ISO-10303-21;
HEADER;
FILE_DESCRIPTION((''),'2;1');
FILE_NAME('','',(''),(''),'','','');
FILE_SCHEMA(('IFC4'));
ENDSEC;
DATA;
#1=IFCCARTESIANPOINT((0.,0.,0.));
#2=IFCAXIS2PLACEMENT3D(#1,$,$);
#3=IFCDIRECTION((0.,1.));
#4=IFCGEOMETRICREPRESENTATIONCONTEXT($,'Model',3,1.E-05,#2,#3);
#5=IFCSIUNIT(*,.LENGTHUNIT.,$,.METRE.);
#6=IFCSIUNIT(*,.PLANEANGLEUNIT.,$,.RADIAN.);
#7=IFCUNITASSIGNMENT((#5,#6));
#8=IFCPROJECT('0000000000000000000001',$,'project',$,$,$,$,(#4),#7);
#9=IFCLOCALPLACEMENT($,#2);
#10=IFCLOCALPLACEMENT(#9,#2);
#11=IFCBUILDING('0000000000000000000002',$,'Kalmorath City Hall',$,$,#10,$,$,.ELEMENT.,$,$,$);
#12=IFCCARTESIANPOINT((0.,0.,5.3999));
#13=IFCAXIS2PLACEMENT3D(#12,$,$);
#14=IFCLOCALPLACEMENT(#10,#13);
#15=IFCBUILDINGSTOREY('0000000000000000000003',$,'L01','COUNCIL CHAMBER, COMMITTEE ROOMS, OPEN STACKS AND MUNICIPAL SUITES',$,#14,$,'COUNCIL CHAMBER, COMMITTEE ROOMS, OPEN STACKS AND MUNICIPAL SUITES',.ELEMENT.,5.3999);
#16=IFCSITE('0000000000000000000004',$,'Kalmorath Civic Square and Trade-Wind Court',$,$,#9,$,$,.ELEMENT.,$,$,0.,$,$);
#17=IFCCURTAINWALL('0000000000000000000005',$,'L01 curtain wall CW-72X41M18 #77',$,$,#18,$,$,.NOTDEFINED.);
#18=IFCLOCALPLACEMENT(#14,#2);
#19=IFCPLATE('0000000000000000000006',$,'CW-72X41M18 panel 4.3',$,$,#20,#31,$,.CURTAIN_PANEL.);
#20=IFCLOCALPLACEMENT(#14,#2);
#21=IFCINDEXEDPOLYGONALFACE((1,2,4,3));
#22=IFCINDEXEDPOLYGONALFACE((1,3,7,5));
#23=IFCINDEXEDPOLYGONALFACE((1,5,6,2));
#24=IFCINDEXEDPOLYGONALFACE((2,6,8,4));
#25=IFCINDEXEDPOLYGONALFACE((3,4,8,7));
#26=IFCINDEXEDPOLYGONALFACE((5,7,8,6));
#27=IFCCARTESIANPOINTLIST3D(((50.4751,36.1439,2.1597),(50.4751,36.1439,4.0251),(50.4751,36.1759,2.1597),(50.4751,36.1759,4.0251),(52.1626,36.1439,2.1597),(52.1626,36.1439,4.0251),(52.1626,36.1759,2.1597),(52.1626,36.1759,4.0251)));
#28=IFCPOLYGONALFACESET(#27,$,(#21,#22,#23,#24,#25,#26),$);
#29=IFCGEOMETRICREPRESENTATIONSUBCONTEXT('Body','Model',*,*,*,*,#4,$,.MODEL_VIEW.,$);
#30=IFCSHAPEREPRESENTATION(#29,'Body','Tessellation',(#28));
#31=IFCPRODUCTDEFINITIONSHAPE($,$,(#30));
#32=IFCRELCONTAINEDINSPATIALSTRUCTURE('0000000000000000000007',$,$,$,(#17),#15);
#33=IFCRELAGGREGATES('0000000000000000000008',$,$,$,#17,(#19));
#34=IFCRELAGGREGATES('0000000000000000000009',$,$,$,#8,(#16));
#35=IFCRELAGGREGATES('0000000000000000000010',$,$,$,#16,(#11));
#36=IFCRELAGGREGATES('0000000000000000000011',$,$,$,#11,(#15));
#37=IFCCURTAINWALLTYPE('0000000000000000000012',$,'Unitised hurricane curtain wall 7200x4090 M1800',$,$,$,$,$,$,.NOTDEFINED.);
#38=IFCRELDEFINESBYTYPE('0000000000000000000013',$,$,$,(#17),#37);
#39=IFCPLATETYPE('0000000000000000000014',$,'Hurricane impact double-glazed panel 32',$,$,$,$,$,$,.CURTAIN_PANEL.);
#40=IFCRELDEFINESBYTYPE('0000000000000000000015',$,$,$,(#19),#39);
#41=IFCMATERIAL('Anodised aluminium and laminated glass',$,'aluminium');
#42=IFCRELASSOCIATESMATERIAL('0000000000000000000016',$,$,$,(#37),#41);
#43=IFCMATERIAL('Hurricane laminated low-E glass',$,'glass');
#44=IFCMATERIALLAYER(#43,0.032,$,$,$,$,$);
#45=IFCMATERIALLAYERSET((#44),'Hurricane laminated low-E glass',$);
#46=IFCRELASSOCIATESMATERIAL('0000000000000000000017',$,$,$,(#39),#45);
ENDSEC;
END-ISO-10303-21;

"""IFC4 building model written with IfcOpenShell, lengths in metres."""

from ifc_helpers import new_model, si_unit, direction, frame, origin, origin_2d, place, context, subcontext, project, spatial, rectangle, extrude, material, layer, layer_set, type_object, element, aggregate, save


model = new_model("IFC4")

# Units and contexts
model_context = context("Model", 3, precision=1e-05, world=origin(), true_north=direction((0.0, 1.0)))
body_context = subcontext(model_context, "Body", "Model", "MODEL_VIEW")
ifc_project = project(units=[si_unit("LENGTHUNIT", "METRE"), si_unit("PLANEANGLEUNIT", "RADIAN")], contexts=[model_context])

# Site, building, storey
site_placement = place(None, origin())
site = spatial("IfcSite", under=ifc_project, at=site_placement, Name="Kalmorath Civic Square and Trade-Wind Court", CompositionType="ELEMENT", RefElevation=0.0)
building_placement = place(site_placement, origin())
building = spatial("IfcBuilding", under=site, at=building_placement, Name="Kalmorath City Hall", CompositionType="ELEMENT")
storey_placement = place(building_placement, frame((0.0, 0.0, 5.3999)))
storey = spatial("IfcBuildingStorey", under=building, at=storey_placement, Name="L01", Description="COUNCIL CHAMBER, COMMITTEE ROOMS, OPEN STACKS AND MUNICIPAL SUITES", LongName="COUNCIL CHAMBER, COMMITTEE ROOMS, OPEN STACKS AND MUNICIPAL SUITES", CompositionType="ELEMENT", Elevation=5.3999)

# Curtain wall, plate
ifc_material_1 = material(Name="Anodised aluminium and laminated glass", Category="aluminium")
curtain_wall_type = type_object("IfcCurtainWallType", Name="Unitised hurricane curtain wall 7200x4090 M1800", PredefinedType="NOTDEFINED", material=ifc_material_1)
curtain_wall_placement = place(storey_placement, origin())
curtain_wall = element("IfcCurtainWall", 1, at=curtain_wall_placement, inside=storey, type_object=curtain_wall_type, Name="L01 curtain wall CW-72X41M18 #77", PredefinedType="NOTDEFINED")
ifc_material_2 = material(Name="Hurricane laminated low-E glass", Category="glass")
ifc_layer = layer(ifc_material_2, 0.032)
ifc_layer_set = layer_set([ifc_layer], Name="Hurricane laminated low-E glass")
plate_type = type_object("IfcPlateType", Name="Hurricane impact double-glazed panel 32", PredefinedType="CURTAIN_PANEL", material=ifc_layer_set)
plate_1_placement = place(storey_placement, frame((51.3188, 36.1599, 2.1597), z_axis=(0.0, 0.0, 1.0), x_axis=(-1.0, 0.0, 0.0)))
plate_1 = element("IfcPlate", 2, at=plate_1_placement, type_object=plate_type, Name="CW-72X41M18 panel 4.3", PredefinedType="CURTAIN_PANEL", context=body_context, shape_type="SweptSolid", body=[
    extrude(rectangle(XDim=1.6875, YDim=0.032, at=origin_2d()), origin(), (0.0, 0.0, 1.0), 1.8655),
])
aggregate(curtain_wall, [plate_1])

save(model, "model.ifc")
